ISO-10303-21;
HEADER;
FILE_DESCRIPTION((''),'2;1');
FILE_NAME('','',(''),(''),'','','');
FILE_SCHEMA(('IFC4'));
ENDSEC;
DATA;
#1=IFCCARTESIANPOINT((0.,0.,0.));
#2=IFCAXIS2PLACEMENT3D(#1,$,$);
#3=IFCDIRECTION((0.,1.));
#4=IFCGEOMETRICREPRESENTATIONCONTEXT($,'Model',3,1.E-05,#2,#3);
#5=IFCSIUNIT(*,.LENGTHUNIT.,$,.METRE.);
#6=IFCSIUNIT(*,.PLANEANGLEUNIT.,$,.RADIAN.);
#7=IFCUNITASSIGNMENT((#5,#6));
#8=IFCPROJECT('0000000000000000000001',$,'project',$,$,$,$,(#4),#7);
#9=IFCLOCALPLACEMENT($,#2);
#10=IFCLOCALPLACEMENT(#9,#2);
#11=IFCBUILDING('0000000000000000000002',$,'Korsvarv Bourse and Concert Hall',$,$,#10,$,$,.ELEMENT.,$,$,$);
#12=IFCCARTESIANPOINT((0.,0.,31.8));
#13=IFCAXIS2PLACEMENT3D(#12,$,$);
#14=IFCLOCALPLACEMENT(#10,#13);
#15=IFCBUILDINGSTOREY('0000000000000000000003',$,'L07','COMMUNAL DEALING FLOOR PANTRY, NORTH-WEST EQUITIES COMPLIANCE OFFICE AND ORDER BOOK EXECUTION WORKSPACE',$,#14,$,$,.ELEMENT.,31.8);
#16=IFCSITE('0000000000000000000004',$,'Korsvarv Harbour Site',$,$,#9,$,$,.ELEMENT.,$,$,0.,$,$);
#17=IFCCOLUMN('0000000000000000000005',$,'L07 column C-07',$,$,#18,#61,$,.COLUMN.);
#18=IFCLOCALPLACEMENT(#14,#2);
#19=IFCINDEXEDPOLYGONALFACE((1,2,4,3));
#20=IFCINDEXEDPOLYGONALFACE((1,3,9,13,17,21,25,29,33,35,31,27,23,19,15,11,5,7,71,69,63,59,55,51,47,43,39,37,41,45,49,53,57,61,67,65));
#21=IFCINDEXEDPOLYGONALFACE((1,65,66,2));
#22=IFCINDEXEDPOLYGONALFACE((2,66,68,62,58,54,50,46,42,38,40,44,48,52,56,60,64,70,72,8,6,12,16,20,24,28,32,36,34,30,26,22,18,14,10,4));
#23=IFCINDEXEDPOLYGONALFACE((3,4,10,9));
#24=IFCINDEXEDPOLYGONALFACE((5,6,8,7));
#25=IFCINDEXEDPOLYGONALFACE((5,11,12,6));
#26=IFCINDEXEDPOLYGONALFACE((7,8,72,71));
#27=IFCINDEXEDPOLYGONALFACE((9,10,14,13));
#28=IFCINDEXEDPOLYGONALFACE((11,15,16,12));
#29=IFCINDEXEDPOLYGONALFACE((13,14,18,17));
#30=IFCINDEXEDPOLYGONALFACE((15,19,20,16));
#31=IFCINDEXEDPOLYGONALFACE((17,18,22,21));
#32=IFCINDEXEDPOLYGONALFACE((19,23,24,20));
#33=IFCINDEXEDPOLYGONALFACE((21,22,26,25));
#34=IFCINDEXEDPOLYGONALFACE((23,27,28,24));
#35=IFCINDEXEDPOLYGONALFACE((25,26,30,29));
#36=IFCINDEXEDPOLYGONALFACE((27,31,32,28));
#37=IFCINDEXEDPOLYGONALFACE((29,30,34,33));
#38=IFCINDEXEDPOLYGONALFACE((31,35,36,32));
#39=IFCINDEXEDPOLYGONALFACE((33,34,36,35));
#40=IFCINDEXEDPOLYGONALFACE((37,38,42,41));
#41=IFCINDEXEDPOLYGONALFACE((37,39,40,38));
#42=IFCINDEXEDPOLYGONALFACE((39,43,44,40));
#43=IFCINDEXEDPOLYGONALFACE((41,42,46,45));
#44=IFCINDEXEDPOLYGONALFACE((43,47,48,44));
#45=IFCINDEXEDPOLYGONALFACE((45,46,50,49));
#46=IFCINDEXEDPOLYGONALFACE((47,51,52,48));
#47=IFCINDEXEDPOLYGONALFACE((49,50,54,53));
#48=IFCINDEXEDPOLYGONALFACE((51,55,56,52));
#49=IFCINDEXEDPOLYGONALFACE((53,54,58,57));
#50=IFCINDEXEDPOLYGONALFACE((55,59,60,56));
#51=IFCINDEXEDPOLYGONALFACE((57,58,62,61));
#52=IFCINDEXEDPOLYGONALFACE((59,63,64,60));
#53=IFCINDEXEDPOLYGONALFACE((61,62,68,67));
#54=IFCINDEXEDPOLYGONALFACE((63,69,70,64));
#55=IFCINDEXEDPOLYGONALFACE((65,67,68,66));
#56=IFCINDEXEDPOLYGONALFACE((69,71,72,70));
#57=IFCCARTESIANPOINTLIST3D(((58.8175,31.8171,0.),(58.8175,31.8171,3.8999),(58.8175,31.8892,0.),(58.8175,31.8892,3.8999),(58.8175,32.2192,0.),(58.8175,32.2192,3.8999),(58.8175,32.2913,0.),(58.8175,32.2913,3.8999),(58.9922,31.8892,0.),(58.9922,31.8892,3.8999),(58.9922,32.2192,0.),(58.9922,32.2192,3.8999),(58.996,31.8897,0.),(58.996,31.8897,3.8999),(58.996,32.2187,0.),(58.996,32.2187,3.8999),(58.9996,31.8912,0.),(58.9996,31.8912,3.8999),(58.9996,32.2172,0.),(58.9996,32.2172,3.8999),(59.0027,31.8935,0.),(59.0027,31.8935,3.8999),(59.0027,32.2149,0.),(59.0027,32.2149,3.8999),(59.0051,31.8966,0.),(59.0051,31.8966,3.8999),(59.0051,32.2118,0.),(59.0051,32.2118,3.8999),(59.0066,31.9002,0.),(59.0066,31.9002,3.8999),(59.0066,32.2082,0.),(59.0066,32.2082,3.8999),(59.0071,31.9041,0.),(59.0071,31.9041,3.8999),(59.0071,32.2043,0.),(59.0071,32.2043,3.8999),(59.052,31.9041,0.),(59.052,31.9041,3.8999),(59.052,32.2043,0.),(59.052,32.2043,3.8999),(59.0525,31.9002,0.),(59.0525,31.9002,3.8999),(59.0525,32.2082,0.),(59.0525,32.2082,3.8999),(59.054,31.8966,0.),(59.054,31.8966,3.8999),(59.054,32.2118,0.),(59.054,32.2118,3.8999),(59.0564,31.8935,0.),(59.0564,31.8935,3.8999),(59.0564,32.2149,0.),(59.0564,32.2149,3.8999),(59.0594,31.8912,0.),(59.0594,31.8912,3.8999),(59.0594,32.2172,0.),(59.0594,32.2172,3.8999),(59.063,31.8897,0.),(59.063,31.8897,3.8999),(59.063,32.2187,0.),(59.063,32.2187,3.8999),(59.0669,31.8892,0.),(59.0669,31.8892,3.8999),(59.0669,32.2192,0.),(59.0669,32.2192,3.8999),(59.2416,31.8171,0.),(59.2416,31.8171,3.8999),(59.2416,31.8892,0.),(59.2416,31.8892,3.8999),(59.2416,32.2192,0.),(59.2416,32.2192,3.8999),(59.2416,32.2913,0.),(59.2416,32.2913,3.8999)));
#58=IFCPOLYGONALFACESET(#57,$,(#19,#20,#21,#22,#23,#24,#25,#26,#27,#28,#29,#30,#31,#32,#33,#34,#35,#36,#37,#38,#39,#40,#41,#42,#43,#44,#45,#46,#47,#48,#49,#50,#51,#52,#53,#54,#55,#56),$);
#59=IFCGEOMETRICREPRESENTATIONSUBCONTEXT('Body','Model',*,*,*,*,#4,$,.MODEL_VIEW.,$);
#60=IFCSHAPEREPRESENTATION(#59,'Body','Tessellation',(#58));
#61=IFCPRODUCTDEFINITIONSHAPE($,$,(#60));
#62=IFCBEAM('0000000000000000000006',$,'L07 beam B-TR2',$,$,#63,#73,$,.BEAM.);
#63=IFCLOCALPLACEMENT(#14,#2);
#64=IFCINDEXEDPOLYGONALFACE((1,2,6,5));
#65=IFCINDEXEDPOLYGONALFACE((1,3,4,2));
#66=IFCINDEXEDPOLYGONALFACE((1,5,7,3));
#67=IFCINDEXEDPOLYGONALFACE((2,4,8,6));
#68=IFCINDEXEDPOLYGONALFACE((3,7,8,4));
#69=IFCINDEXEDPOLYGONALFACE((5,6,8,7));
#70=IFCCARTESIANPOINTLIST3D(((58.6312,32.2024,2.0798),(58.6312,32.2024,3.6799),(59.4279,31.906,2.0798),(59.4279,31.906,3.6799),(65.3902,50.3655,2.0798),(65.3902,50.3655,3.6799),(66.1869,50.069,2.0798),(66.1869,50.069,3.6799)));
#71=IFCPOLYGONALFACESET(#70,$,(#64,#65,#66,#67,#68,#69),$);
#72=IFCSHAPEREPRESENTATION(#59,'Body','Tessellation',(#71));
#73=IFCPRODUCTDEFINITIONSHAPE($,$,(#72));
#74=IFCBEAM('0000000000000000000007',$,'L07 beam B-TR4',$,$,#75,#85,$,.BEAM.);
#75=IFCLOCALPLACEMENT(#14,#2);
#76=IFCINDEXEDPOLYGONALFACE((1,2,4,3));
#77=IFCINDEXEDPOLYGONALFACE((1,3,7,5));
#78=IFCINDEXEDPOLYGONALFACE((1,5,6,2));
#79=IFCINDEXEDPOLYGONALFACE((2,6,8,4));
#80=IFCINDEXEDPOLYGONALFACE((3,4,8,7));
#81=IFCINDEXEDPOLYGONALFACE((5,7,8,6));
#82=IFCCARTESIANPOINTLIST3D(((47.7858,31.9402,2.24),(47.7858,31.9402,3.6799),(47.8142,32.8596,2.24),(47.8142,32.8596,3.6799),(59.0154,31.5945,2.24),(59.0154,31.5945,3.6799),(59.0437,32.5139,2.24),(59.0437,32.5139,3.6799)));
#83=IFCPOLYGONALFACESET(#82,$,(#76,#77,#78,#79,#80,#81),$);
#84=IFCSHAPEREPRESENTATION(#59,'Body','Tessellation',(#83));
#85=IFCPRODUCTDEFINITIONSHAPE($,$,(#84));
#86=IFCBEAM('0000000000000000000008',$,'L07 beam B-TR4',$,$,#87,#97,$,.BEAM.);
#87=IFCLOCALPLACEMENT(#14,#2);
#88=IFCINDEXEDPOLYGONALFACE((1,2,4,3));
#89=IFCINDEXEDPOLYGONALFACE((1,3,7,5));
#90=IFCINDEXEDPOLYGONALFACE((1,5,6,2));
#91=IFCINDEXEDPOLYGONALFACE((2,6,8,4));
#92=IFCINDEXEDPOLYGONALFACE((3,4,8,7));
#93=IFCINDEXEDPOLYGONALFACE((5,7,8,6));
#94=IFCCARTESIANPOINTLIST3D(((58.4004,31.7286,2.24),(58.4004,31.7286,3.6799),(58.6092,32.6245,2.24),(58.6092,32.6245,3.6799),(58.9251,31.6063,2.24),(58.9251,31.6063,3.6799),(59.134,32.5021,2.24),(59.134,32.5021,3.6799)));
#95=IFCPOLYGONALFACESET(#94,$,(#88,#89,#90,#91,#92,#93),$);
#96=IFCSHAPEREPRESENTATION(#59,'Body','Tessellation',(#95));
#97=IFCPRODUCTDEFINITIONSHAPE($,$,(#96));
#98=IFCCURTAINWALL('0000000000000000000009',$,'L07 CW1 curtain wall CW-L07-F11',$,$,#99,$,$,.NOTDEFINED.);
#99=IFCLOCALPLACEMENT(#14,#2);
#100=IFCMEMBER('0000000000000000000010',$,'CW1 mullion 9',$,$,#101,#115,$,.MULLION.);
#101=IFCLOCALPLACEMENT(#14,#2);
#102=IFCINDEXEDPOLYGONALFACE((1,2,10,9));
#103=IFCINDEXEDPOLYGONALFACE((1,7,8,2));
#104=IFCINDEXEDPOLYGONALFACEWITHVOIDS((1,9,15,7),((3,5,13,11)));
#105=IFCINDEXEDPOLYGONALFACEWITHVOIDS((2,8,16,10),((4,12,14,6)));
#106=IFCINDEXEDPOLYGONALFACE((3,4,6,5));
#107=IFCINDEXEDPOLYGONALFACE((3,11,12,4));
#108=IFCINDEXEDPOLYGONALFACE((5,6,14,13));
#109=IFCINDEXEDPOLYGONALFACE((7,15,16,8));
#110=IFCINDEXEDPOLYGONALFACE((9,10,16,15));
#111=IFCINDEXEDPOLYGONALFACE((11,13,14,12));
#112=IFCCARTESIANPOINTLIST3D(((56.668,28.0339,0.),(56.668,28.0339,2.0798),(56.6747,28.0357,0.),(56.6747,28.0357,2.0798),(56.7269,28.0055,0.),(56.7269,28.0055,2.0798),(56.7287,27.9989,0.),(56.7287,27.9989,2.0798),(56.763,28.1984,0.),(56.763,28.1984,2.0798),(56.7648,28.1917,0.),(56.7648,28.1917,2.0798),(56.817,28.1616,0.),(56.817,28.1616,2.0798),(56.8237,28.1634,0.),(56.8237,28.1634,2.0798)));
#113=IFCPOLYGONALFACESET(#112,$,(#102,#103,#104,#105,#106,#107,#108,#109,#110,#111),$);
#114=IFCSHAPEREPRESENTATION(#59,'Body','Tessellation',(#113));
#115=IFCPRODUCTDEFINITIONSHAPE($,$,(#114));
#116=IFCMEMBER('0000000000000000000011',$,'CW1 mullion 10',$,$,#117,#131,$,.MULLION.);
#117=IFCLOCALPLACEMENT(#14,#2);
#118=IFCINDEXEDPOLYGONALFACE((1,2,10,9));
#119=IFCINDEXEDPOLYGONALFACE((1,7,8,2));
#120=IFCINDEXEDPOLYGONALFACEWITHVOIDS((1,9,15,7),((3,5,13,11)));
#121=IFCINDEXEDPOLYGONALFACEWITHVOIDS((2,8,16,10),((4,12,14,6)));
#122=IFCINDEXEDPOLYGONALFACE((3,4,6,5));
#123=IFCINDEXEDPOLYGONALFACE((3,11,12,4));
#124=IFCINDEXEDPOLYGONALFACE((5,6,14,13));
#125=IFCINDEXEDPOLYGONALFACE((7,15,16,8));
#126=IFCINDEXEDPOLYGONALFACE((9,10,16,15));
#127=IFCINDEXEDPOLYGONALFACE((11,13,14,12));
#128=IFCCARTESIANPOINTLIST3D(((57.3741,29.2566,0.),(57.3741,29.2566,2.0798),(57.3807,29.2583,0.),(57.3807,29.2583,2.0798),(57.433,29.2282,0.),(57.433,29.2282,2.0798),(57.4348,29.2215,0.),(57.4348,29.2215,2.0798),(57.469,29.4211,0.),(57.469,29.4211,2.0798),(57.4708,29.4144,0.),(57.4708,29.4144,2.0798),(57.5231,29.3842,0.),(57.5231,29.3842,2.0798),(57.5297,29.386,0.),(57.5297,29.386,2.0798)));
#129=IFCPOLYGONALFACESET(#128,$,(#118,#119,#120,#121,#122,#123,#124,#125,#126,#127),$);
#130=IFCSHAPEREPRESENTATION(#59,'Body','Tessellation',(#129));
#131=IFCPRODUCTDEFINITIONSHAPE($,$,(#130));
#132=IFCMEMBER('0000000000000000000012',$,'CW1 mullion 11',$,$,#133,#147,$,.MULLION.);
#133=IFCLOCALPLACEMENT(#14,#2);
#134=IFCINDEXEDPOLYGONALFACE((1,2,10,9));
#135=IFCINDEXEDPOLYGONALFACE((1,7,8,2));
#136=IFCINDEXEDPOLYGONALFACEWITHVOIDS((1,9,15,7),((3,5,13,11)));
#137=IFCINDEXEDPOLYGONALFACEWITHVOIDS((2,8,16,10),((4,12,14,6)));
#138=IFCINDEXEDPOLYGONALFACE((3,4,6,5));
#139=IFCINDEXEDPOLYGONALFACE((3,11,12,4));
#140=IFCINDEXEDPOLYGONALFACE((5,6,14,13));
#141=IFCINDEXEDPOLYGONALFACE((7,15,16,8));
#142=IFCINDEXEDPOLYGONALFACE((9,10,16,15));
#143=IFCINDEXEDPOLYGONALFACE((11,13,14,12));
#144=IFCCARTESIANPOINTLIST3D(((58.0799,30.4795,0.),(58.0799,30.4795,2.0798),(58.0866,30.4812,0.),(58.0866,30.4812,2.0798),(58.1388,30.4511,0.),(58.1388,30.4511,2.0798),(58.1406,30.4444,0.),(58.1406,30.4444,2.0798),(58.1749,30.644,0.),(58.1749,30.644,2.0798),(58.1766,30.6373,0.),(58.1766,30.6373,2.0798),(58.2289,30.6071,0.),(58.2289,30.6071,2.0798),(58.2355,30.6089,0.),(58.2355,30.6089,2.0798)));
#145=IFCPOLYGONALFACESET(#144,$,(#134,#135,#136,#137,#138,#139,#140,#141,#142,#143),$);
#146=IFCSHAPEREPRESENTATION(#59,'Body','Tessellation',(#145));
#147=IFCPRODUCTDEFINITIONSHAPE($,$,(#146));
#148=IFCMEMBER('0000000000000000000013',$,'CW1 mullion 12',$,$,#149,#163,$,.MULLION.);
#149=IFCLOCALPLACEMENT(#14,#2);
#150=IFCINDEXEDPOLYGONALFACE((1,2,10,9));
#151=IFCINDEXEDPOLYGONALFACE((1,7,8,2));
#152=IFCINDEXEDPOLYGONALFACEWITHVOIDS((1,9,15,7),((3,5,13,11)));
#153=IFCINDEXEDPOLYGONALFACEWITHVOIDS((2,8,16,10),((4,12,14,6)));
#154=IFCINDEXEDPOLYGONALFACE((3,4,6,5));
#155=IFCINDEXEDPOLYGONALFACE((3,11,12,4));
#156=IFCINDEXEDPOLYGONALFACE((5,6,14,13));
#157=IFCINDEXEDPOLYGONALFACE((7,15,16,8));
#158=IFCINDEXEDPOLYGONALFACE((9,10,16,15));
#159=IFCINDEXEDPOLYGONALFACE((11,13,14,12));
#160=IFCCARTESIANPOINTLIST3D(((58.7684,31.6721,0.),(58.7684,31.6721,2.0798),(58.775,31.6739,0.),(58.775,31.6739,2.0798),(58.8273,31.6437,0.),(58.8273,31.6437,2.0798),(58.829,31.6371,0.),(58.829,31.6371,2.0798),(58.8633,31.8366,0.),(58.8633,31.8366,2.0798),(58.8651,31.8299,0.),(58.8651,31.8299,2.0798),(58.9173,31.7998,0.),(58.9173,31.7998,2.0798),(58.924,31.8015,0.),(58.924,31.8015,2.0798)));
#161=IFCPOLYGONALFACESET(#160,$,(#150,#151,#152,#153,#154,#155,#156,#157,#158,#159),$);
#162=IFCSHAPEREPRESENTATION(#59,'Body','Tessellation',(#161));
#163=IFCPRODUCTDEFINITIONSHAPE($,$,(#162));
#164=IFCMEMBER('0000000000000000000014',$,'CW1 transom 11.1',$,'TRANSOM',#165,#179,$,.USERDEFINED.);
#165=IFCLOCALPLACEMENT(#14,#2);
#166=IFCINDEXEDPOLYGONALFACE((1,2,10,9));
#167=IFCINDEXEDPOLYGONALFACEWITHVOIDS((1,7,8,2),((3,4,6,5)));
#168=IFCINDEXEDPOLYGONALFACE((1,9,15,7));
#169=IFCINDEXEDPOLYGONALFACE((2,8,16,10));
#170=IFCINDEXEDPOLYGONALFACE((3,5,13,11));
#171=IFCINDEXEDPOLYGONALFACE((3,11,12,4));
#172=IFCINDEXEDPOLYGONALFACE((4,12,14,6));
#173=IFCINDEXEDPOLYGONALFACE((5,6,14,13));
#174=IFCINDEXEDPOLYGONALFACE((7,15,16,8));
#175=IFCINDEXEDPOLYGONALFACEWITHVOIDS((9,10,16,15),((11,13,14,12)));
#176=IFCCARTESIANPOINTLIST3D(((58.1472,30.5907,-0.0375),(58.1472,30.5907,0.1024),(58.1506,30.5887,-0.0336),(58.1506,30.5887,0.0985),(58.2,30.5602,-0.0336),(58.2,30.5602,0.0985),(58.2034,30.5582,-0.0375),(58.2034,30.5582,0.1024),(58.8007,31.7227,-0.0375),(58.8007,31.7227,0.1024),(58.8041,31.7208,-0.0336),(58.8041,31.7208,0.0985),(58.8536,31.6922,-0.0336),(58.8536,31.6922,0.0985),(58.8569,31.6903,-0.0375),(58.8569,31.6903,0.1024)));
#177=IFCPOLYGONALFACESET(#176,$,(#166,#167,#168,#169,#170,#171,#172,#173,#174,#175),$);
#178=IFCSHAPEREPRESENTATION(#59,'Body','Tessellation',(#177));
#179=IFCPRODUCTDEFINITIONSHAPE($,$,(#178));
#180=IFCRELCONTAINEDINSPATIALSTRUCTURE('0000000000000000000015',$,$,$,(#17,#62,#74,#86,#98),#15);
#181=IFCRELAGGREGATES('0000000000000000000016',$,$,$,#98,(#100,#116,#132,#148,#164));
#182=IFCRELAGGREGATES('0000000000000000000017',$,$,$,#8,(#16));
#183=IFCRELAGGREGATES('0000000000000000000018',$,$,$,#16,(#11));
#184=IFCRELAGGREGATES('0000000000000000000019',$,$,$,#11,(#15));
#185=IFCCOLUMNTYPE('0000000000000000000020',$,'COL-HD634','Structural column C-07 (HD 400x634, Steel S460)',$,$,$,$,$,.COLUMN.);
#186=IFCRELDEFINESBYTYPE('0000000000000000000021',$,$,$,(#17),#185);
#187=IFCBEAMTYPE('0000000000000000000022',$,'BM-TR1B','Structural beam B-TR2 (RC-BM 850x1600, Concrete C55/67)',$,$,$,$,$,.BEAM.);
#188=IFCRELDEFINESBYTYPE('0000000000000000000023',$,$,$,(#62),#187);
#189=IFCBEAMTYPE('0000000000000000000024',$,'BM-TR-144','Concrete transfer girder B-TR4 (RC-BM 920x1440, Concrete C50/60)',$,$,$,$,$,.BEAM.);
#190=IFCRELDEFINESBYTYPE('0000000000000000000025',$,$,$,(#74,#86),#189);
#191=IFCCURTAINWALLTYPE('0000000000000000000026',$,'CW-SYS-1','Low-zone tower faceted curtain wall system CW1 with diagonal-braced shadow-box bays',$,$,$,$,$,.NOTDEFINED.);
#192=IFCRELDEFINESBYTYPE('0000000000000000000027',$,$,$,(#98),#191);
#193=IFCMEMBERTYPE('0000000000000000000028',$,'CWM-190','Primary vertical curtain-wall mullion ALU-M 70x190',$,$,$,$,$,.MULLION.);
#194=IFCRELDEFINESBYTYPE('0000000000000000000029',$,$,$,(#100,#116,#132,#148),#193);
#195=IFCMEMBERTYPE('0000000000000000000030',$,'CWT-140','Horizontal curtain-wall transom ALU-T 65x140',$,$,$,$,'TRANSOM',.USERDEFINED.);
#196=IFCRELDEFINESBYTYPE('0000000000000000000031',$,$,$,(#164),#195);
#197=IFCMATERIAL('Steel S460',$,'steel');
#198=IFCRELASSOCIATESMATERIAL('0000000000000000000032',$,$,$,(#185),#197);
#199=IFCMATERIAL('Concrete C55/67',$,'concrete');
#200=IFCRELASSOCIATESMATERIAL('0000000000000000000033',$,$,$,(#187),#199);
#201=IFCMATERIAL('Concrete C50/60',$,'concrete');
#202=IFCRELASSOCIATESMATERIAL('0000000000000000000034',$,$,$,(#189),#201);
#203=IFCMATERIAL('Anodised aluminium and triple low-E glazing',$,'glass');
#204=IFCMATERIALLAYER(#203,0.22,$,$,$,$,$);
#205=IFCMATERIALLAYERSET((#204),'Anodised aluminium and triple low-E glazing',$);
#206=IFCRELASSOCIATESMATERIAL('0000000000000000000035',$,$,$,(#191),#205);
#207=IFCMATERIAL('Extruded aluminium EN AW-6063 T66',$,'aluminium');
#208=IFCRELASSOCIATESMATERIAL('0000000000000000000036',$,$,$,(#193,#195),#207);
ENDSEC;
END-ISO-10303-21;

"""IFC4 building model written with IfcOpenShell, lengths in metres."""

from ifc_helpers import new_model, si_unit, direction, frame, origin, origin_2d, place, context, subcontext, project, spatial, rectangle, hollow_rectangle, i_section, extrude, source, transform, mapped, material, layer, layer_set, material_profile, profile_set, type_object, element, aggregate, save


model = new_model("IFC4")

# Units and contexts
model_context = context("Model", 3, precision=1e-05, world=origin(), true_north=direction((0.0, 1.0)))
body_context = subcontext(model_context, "Body", "Model", "MODEL_VIEW")
ifc_project = project(units=[si_unit("LENGTHUNIT", "METRE"), si_unit("PLANEANGLEUNIT", "RADIAN")], contexts=[model_context])

# Site, building, storey
site_placement = place(None, origin())
site = spatial("IfcSite", under=ifc_project, at=site_placement, Name="Korsvarv Harbour Site", CompositionType="ELEMENT", RefElevation=0.0)
building_placement = place(site_placement, origin())
building = spatial("IfcBuilding", under=site, at=building_placement, Name="Korsvarv Bourse and Concert Hall", CompositionType="ELEMENT")
storey_placement = place(building_placement, frame((0.0, 0.0, 31.8)))
storey = spatial("IfcBuildingStorey", under=building, at=storey_placement, Name="L07", Description="COMMUNAL DEALING FLOOR PANTRY, NORTH-WEST EQUITIES COMPLIANCE OFFICE AND ORDER BOOK EXECUTION WORKSPACE", CompositionType="ELEMENT", Elevation=31.8)

# Column
ifc_material_1 = material(Name="Steel S460", Category="steel")
ifc_material_profile_1 = material_profile(ifc_material_1, i_section(OverallWidth=0.4241, OverallDepth=0.4741, WebThickness=0.0449, FlangeThickness=0.072, FilletRadius=0.0149, at=origin_2d()), Name="HD 400x634")
ifc_profile_set_1 = profile_set([ifc_material_profile_1], Name="Steel S460")
column_type = type_object("IfcColumnType", Name="COL-HD634", Description="Structural column C-07 (HD 400x634, Steel S460)", PredefinedType="COLUMN", material=ifc_profile_set_1)
shared_shape_1 = source(origin(), body_context, "Body", "SweptSolid", [
    extrude(i_section(OverallWidth=0.4241, OverallDepth=0.4741, WebThickness=0.0449, FlangeThickness=0.072, FilletRadius=0.0149, at=origin_2d()), origin(), (0.0, 0.0, 1.0), 3.8999),
])
column_placement = place(storey_placement, frame((59.0295, 32.0542, 0.0), z_axis=(0.0, 0.0, 1.0), x_axis=(1.0, 0.0, 0.0)))
element("IfcColumn", 1, at=column_placement, inside=storey, type_object=column_type, Name="L07 column C-07", PredefinedType="COLUMN", context=body_context, shape_type="MappedRepresentation", body=[
    mapped(shared_shape_1, transform((0.0, 0.0, 0.0), scale=1.0)),
])

# Beams
ifc_material_2 = material(Name="Concrete C55/67", Category="concrete")
ifc_material_profile_2 = material_profile(ifc_material_2, rectangle(XDim=0.8501, YDim=1.6001, at=origin_2d()), Name="RC-BM 850x1600")
ifc_profile_set_2 = profile_set([ifc_material_profile_2], Name="Concrete C55/67")
beam_type_1 = type_object("IfcBeamType", Name="BM-TR1B", Description="Structural beam B-TR2 (RC-BM 850x1600, Concrete C55/67)", PredefinedType="BEAM", material=ifc_profile_set_2)
shared_shape_2 = source(origin(), body_context, "Body", "SweptSolid", [
    extrude(rectangle(XDim=0.8501, YDim=1.6001, at=origin_2d()), origin(), (0.0, 0.0, 1.0), 19.3799),
])
beam_1_placement = place(storey_placement, frame((59.0295, 32.0542, 2.8799), z_axis=(0.348764, 0.93721, 0.0), x_axis=(-0.93721, 0.348764, 0.0)))
element("IfcBeam", 2, at=beam_1_placement, inside=storey, type_object=beam_type_1, Name="L07 beam B-TR2", PredefinedType="BEAM", context=body_context, shape_type="MappedRepresentation", body=[
    mapped(shared_shape_2, transform((0.0, 0.0, 0.0), scale=1.0)),
])
ifc_material_3 = material(Name="Concrete C50/60", Category="concrete")
ifc_material_profile_3 = material_profile(ifc_material_3, rectangle(XDim=0.9199, YDim=1.4399, at=origin_2d()), Name="RC-BM 920x1440")
ifc_profile_set_3 = profile_set([ifc_material_profile_3], Name="Concrete C50/60")
beam_type_2 = type_object("IfcBeamType", Name="BM-TR-144", Description="Concrete transfer girder B-TR4 (RC-BM 920x1440, Concrete C50/60)", PredefinedType="BEAM", material=ifc_profile_set_3)
shared_shape_3 = source(origin(), body_context, "Body", "SweptSolid", [
    extrude(rectangle(XDim=0.9199, YDim=1.4399, at=origin_2d()), origin(), (0.0, 0.0, 1.0), 11.2349),
])
beam_2_placement = place(storey_placement, frame((59.0295, 32.0542, 2.96), z_axis=(-0.999526, 0.030771, 0.0), x_axis=(-0.030771, -0.999526, 0.0)))
element("IfcBeam", 3, at=beam_2_placement, inside=storey, type_object=beam_type_2, Name="L07 beam B-TR4", PredefinedType="BEAM", context=body_context, shape_type="MappedRepresentation", body=[
    mapped(shared_shape_3, transform((0.0, 0.0, 0.0), scale=1.0)),
])
shared_shape_4 = source(origin(), body_context, "Body", "SweptSolid", [
    extrude(rectangle(XDim=0.9199, YDim=1.4399, at=origin_2d()), origin(), (0.0, 0.0, 1.0), 0.5388),
])
beam_3_placement = place(storey_placement, frame((59.0295, 32.0542, 2.96), z_axis=(-0.973885, 0.227043, 0.0), x_axis=(-0.227043, -0.973885, 0.0)))
element("IfcBeam", 4, at=beam_3_placement, inside=storey, type_object=beam_type_2, Name="L07 beam B-TR4", PredefinedType="BEAM", context=body_context, shape_type="MappedRepresentation", body=[
    mapped(shared_shape_4, transform((0.0, 0.0, 0.0), scale=1.0)),
])

# Curtain wall, members
ifc_material_4 = material(Name="Anodised aluminium and triple low-E glazing", Category="glass")
ifc_layer_1 = layer(ifc_material_4, 0.22)
ifc_layer_set_1 = layer_set([ifc_layer_1], Name="Anodised aluminium and triple low-E glazing")
curtain_wall_type = type_object("IfcCurtainWallType", Name="CW-SYS-1", Description="Low-zone tower faceted curtain wall system CW1 with diagonal-braced shadow-box bays", PredefinedType="NOTDEFINED", material=ifc_layer_set_1)
curtain_wall_placement = place(storey_placement, origin())
curtain_wall = element("IfcCurtainWall", 5, at=curtain_wall_placement, inside=storey, type_object=curtain_wall_type, Name="L07 CW1 curtain wall CW-L07-F11", PredefinedType="NOTDEFINED")
ifc_material_5 = material(Name="Extruded aluminium EN AW-6063 T66", Category="aluminium")
ifc_material_profile_4 = material_profile(ifc_material_5, hollow_rectangle(XDim=0.0701, YDim=0.1899, WallThickness=0.0049, at=origin_2d()), Name="ALU-M 70x190")
ifc_profile_set_4 = profile_set([ifc_material_profile_4], Name="Extruded aluminium EN AW-6063 T66")
member_type_1 = type_object("IfcMemberType", Name="CWM-190", Description="Primary vertical curtain-wall mullion ALU-M 70x190", PredefinedType="MULLION", material=ifc_profile_set_4)
shared_shape_5 = source(origin(), body_context, "Body", "SweptSolid", [
    extrude(hollow_rectangle(XDim=0.0701, YDim=0.1899, WallThickness=0.0049, at=origin_2d()), origin(), (0.0, 0.0, 1.0), 2.0798),
])
member_1_placement = place(storey_placement, frame((56.7458, 28.0986, 0.0), z_axis=(0.0, 0.0, 1.0), x_axis=(-0.866029, 0.499995, 0.0)))
member_1 = element("IfcMember", 6, at=member_1_placement, type_object=member_type_1, Name="CW1 mullion 9", PredefinedType="MULLION", context=body_context, shape_type="MappedRepresentation", body=[
    mapped(shared_shape_5, transform((0.0, 0.0, 0.0), scale=1.0)),
])
member_2_placement = place(storey_placement, frame((57.4519, 29.3213, 0.0), z_axis=(0.0, 0.0, 1.0), x_axis=(-0.866029, 0.499995, 0.0)))
member_2 = element("IfcMember", 7, at=member_2_placement, type_object=member_type_1, Name="CW1 mullion 10", PredefinedType="MULLION", context=body_context, shape_type="MappedRepresentation", body=[
    mapped(shared_shape_5, transform((0.0, 0.0, 0.0), scale=1.0)),
])
member_3_placement = place(storey_placement, frame((58.1577, 30.5442, 0.0), z_axis=(0.0, 0.0, 1.0), x_axis=(-0.866029, 0.499995, 0.0)))
member_3 = element("IfcMember", 8, at=member_3_placement, type_object=member_type_1, Name="CW1 mullion 11", PredefinedType="MULLION", context=body_context, shape_type="MappedRepresentation", body=[
    mapped(shared_shape_5, transform((0.0, 0.0, 0.0), scale=1.0)),
])
member_4_placement = place(storey_placement, frame((58.8462, 31.7368, 0.0), z_axis=(0.0, 0.0, 1.0), x_axis=(-0.866029, 0.499995, 0.0)))
member_4 = element("IfcMember", 9, at=member_4_placement, type_object=member_type_1, Name="CW1 mullion 12", PredefinedType="MULLION", context=body_context, shape_type="MappedRepresentation", body=[
    mapped(shared_shape_5, transform((0.0, 0.0, 0.0), scale=1.0)),
])
ifc_material_profile_5 = material_profile(ifc_material_5, hollow_rectangle(XDim=0.0649, YDim=0.1399, WallThickness=0.0039, at=origin_2d()), Name="ALU-T 65x140")
ifc_profile_set_5 = profile_set([ifc_material_profile_5], Name="Extruded aluminium EN AW-6063 T66")
member_type_2 = type_object("IfcMemberType", Name="CWT-140", Description="Horizontal curtain-wall transom ALU-T 65x140", ElementType="TRANSOM", PredefinedType="USERDEFINED", material=ifc_profile_set_5)
shared_shape_6 = source(origin(), body_context, "Body", "SweptSolid", [
    extrude(hollow_rectangle(XDim=0.0649, YDim=0.1399, WallThickness=0.0039, at=origin_2d()), origin(), (0.0, 0.0, 1.0), 1.3071),
])
member_5_placement = place(storey_placement, frame((58.1753, 30.5745, 0.0325), z_axis=(0.499976, 0.866039, 0.0), x_axis=(-0.866039, 0.499976, 0.0)))
member_5 = element("IfcMember", 10, at=member_5_placement, type_object=member_type_2, Name="CW1 transom 11.1", ObjectType="TRANSOM", PredefinedType="USERDEFINED", context=body_context, shape_type="MappedRepresentation", body=[
    mapped(shared_shape_6, transform((0.0, 0.0, 0.0), scale=1.0)),
])
aggregate(curtain_wall, [member_1, member_2, member_3, member_4, member_5])

save(model, "model.ifc")
